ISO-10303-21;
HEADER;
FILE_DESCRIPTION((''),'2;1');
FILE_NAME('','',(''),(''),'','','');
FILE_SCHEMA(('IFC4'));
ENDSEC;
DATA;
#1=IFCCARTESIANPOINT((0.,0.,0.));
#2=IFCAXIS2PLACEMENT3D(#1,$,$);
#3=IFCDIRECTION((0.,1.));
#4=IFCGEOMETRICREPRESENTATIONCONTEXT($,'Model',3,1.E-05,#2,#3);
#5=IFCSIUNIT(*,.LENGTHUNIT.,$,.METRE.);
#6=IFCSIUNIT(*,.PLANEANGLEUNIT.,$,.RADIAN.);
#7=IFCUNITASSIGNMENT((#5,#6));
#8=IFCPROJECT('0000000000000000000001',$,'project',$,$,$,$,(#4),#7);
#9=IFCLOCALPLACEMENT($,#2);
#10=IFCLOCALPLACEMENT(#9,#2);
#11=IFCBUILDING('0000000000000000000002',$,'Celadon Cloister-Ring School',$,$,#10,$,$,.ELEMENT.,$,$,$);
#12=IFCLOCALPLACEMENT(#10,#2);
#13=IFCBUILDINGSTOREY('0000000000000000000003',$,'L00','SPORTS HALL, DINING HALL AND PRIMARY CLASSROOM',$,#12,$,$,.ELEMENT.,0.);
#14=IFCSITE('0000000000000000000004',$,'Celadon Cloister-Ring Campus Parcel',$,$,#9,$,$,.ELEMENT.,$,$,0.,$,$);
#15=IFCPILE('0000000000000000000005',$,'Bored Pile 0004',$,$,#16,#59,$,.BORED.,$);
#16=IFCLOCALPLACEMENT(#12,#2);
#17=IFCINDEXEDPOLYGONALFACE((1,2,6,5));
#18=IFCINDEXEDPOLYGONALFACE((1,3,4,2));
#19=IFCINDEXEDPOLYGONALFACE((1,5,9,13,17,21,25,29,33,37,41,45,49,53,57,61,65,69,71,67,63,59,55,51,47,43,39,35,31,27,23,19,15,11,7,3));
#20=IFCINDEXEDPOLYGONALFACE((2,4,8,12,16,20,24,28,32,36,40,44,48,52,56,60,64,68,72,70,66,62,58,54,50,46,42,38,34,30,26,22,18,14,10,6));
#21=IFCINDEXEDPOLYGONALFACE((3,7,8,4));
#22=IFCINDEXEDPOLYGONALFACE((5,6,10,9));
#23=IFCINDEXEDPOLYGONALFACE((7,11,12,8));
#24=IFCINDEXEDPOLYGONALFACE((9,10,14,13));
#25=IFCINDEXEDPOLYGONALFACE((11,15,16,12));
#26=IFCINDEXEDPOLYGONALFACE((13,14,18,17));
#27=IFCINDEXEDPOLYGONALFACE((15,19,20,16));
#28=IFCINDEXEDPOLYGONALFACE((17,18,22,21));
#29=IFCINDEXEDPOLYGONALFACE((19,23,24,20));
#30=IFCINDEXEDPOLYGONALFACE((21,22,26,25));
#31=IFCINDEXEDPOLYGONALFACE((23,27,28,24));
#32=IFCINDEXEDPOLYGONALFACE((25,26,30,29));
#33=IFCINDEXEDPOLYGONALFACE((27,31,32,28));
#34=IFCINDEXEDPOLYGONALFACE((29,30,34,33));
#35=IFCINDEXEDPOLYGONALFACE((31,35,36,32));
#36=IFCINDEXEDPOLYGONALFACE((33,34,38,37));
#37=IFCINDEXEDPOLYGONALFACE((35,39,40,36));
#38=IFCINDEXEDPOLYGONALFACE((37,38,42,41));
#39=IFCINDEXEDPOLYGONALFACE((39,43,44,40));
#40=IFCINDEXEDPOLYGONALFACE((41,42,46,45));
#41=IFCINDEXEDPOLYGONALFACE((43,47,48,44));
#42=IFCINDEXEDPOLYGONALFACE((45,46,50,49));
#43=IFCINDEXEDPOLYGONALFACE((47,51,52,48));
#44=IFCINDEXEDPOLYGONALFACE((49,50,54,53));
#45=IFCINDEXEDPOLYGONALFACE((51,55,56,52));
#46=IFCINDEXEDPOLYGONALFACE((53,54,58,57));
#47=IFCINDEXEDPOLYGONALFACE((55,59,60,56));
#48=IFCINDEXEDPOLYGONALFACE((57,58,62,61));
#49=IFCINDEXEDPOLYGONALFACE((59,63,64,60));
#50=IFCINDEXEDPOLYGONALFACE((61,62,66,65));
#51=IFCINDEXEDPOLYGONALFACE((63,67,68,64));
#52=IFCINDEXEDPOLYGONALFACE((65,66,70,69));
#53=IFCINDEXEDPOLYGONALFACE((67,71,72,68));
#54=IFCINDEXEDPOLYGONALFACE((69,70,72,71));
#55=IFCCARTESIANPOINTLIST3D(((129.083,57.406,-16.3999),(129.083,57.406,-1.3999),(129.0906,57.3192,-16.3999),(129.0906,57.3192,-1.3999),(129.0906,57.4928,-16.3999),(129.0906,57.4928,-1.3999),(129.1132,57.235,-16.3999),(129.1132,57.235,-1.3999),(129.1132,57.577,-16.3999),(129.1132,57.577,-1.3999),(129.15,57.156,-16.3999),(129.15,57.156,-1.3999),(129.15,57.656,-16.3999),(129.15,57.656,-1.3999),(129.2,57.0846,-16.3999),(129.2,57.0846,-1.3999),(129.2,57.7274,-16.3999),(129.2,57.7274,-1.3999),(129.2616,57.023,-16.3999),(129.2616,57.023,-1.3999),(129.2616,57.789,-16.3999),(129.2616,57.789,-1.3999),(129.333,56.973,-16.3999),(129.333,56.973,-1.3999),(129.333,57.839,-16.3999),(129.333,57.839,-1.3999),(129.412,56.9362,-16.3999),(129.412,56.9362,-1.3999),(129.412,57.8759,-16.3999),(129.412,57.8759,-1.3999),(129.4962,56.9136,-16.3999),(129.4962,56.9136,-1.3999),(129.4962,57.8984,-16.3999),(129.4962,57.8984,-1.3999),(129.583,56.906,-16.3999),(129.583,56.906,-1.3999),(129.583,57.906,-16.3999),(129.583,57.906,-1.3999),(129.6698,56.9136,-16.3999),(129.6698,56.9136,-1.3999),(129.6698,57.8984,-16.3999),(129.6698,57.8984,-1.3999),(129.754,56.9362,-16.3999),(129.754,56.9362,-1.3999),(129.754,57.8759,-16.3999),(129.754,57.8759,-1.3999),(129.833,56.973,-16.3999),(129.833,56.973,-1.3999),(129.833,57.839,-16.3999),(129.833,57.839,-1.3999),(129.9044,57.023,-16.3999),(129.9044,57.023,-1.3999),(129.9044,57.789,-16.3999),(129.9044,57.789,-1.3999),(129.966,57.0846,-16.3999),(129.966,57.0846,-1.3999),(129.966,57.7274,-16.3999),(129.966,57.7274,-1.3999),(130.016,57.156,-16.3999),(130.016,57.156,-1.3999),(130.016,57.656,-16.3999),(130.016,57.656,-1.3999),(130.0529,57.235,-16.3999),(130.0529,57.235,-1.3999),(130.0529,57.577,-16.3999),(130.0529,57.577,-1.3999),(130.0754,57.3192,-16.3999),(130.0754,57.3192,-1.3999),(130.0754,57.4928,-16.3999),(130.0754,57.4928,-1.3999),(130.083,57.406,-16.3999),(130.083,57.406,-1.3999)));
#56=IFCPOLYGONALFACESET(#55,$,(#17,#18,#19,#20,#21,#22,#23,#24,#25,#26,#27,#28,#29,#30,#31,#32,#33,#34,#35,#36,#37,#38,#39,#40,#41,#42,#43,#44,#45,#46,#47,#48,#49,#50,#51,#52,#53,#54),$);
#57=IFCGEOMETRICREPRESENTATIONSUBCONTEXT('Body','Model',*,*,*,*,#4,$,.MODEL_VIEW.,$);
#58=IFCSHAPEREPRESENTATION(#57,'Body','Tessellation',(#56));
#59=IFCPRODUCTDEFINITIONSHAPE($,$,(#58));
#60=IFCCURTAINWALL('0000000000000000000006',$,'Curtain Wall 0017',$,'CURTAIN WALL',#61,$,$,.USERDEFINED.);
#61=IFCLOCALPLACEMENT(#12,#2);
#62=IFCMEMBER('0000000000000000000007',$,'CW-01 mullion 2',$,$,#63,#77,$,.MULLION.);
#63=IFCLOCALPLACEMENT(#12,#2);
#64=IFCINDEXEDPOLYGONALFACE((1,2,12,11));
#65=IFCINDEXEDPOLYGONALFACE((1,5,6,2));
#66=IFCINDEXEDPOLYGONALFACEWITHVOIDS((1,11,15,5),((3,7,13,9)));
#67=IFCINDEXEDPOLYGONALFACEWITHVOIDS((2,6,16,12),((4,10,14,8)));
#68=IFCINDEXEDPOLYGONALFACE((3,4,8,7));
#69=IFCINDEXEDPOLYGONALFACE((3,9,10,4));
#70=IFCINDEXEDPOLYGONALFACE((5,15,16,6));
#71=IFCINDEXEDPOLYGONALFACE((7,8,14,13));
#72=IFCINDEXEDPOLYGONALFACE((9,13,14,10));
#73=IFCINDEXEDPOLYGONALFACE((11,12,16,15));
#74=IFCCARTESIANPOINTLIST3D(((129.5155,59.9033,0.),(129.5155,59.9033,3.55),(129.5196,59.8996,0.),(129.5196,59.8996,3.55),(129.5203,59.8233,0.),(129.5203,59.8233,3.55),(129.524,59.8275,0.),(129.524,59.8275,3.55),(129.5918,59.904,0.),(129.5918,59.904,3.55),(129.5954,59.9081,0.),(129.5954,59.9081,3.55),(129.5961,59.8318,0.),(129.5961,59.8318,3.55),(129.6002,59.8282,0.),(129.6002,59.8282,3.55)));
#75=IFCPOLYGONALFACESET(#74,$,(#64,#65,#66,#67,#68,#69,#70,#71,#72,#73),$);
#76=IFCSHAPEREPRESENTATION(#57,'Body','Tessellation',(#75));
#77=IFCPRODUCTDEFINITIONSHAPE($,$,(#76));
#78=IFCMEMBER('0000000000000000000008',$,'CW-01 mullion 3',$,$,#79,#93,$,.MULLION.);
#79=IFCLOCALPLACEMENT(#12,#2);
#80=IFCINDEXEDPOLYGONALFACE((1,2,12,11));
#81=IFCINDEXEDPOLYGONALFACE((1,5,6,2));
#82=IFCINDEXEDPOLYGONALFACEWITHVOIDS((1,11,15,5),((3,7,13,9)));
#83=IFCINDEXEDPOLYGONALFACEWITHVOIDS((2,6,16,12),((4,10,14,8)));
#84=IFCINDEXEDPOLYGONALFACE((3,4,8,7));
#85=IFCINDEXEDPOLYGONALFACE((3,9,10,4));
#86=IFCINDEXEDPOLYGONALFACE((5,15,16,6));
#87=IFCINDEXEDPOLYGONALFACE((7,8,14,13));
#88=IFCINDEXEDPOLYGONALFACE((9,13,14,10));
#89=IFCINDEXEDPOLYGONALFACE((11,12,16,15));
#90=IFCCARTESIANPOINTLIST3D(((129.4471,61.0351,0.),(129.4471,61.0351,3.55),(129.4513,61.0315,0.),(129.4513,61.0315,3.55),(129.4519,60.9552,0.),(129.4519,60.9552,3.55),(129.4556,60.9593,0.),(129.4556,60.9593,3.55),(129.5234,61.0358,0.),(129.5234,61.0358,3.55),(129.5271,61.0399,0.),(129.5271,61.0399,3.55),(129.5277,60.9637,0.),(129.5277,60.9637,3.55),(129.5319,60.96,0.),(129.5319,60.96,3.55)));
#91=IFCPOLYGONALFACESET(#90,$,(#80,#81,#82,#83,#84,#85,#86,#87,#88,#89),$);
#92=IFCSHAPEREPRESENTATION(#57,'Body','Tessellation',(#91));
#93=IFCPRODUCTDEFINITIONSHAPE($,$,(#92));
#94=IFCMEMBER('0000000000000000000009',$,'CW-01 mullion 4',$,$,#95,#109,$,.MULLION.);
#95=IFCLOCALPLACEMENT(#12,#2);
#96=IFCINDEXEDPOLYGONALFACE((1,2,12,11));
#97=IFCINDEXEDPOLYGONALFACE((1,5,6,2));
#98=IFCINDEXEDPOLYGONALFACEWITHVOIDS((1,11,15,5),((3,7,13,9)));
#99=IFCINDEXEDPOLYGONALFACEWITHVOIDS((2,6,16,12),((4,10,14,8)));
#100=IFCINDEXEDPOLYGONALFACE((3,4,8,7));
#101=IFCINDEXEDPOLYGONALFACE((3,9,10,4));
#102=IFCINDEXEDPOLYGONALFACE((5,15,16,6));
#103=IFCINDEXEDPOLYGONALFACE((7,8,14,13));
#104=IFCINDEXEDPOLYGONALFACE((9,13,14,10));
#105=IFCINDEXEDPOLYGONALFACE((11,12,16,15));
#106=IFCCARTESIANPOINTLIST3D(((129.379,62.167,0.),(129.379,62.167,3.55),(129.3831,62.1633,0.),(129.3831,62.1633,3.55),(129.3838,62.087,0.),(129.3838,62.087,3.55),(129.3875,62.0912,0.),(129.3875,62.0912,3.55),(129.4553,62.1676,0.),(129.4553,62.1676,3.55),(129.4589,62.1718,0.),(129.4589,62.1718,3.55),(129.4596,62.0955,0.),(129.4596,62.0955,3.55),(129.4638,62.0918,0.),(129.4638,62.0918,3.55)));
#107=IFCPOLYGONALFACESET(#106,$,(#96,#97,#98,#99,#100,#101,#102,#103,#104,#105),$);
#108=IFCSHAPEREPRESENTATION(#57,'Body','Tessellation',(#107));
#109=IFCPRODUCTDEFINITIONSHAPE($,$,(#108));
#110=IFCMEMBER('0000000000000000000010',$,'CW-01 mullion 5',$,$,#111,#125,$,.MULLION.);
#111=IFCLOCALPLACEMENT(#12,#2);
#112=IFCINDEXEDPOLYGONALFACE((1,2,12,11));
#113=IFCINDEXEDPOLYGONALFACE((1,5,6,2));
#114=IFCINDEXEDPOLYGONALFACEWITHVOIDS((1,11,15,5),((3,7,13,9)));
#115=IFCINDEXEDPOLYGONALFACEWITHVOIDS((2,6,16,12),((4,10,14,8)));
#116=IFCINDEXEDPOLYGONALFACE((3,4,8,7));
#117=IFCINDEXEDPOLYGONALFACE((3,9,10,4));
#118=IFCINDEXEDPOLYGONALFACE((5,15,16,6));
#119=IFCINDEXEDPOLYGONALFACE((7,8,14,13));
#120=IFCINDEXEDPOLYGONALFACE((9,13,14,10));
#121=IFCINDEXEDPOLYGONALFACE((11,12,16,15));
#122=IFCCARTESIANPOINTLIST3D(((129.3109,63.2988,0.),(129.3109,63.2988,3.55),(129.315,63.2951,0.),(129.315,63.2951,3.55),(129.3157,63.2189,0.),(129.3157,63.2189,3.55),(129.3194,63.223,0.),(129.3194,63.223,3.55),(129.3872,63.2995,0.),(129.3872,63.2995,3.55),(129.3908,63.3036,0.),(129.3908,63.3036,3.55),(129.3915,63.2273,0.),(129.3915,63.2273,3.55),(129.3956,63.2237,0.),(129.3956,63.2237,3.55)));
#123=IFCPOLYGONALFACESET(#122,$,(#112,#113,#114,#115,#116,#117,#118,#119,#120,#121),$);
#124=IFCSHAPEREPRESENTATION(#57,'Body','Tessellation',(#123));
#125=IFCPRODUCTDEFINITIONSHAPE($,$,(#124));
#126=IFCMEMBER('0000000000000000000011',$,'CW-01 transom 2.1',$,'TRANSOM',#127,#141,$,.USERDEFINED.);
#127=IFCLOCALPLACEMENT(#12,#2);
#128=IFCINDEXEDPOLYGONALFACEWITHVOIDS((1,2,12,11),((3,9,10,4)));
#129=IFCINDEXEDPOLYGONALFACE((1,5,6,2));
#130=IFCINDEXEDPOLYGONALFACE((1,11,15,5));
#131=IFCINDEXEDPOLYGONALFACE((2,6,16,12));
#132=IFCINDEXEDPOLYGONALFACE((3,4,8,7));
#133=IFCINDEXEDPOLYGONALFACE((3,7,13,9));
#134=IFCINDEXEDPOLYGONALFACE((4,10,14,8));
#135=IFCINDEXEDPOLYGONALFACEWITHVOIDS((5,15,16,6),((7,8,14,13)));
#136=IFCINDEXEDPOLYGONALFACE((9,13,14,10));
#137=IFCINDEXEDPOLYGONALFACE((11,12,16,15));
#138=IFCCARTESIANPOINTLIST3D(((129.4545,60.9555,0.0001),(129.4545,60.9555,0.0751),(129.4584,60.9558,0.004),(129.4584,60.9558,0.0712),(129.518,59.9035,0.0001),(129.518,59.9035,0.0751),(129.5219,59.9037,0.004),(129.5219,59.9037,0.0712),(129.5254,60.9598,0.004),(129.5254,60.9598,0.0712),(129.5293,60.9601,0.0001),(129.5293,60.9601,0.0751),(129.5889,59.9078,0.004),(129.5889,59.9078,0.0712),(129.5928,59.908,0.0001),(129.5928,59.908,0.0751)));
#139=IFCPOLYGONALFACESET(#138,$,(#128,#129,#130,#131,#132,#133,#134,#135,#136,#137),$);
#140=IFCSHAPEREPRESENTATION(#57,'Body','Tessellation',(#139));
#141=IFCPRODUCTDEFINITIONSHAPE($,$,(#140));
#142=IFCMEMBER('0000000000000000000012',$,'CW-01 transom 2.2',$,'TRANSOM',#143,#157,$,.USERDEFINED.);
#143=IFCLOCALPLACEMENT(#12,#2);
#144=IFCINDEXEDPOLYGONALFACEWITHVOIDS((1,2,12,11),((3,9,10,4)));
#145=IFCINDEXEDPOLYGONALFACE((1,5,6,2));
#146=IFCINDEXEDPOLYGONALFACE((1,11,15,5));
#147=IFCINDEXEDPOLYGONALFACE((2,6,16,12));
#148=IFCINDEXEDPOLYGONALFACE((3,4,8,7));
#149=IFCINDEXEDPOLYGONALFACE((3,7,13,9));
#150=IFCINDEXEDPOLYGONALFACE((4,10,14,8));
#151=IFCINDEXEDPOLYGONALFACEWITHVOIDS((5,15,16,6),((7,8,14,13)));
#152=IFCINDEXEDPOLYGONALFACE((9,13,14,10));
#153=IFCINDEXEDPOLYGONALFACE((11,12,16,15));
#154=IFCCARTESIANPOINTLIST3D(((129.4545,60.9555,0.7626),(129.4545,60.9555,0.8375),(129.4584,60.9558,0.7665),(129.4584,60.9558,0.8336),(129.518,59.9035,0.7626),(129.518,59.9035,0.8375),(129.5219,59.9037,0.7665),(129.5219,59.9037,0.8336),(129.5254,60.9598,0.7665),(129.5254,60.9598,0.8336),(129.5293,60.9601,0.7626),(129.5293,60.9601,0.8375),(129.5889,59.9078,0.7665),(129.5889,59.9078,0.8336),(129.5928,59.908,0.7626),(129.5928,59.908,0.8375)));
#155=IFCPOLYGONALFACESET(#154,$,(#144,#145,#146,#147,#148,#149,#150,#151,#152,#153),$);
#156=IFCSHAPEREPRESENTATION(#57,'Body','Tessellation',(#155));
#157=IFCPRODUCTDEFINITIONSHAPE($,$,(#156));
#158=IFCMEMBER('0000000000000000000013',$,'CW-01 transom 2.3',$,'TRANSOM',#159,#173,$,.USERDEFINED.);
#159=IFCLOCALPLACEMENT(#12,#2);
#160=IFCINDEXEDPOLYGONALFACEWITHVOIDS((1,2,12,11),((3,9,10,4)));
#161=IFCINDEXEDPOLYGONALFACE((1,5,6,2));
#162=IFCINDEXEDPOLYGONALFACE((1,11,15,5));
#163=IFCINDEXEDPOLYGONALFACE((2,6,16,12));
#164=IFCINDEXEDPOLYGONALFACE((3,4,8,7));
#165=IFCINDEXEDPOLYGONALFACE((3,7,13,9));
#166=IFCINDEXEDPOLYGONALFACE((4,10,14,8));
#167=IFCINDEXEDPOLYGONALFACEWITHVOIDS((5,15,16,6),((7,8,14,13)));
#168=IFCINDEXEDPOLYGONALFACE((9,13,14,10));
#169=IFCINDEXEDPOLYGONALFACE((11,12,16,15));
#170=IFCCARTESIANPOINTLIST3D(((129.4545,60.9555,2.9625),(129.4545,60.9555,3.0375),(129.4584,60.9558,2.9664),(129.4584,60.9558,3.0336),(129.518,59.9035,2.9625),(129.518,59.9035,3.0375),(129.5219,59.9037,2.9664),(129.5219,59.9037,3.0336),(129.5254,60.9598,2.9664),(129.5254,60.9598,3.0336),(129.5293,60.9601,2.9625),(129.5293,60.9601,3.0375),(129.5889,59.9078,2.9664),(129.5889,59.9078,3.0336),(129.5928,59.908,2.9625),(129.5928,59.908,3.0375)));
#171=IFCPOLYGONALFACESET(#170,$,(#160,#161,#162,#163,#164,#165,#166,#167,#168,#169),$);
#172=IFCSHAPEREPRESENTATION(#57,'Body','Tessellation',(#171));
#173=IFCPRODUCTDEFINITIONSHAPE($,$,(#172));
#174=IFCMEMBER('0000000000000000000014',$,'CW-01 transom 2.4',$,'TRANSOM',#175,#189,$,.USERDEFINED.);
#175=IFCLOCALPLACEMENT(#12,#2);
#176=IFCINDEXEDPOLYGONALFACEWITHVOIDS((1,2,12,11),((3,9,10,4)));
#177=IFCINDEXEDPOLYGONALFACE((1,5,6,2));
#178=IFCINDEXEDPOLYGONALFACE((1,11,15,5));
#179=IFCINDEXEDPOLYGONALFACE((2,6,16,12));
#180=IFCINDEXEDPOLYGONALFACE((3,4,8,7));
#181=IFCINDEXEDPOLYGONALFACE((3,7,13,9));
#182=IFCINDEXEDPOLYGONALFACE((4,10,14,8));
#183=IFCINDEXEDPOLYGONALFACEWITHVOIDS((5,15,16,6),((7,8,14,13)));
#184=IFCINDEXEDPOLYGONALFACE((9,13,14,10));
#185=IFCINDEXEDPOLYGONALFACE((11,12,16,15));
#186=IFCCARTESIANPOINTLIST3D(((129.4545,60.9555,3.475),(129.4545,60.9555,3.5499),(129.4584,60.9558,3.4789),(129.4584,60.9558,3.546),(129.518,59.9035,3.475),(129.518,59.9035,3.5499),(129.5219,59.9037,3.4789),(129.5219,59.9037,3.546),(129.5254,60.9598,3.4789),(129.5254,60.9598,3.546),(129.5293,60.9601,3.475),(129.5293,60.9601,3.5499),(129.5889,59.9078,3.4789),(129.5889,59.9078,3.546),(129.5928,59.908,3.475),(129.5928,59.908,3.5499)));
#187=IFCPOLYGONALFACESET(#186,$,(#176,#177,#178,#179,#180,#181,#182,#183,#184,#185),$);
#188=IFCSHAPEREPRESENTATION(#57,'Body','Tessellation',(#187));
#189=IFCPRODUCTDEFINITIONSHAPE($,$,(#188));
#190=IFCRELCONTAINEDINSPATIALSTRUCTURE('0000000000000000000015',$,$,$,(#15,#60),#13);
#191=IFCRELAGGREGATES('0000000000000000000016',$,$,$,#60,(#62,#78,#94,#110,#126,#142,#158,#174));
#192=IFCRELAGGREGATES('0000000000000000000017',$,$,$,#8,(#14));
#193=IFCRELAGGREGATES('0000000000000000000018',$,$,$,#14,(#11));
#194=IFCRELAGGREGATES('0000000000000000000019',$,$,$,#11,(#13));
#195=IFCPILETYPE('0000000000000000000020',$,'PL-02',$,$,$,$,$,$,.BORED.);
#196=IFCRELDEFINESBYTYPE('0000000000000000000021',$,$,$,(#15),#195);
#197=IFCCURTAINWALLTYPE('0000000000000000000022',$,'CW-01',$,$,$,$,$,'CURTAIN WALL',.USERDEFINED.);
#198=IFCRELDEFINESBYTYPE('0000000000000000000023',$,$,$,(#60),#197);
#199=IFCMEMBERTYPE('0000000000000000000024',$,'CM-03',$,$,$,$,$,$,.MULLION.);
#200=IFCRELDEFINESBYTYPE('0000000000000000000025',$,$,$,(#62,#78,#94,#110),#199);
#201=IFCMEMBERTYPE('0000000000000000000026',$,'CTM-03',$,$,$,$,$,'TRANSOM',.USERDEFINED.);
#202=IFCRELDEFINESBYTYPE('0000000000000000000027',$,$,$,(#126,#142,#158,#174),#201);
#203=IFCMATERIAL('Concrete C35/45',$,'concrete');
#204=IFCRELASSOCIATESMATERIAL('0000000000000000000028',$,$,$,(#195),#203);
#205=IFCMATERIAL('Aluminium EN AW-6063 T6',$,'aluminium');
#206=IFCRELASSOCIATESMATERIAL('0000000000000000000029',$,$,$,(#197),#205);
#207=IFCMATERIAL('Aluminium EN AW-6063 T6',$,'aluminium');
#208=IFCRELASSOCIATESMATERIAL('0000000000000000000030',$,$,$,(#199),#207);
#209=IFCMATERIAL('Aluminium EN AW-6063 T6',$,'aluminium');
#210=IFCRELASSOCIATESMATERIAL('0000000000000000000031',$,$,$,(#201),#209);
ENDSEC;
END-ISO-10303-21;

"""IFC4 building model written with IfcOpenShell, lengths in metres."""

from ifc_helpers import new_model, si_unit, direction, frame, origin, origin_2d, place, context, subcontext, project, spatial, hollow_rectangle, circle, extrude, material, material_profile, profile_set, type_object, element, aggregate, save


model = new_model("IFC4")

# Units and contexts
model_context = context("Model", 3, precision=1e-05, world=origin(), true_north=direction((0.0, 1.0)))
body_context = subcontext(model_context, "Body", "Model", "MODEL_VIEW")
ifc_project = project(units=[si_unit("LENGTHUNIT", "METRE"), si_unit("PLANEANGLEUNIT", "RADIAN")], contexts=[model_context])

# Site, building, storey
site_placement = place(None, origin())
site = spatial("IfcSite", under=ifc_project, at=site_placement, Name="Celadon Cloister-Ring Campus Parcel", CompositionType="ELEMENT", RefElevation=0.0)
building_placement = place(site_placement, origin())
building = spatial("IfcBuilding", under=site, at=building_placement, Name="Celadon Cloister-Ring School", CompositionType="ELEMENT")
storey_placement = place(building_placement, origin())
storey = spatial("IfcBuildingStorey", under=building, at=storey_placement, Name="L00", Description="SPORTS HALL, DINING HALL AND PRIMARY CLASSROOM", CompositionType="ELEMENT", Elevation=0.0)

# Pile
ifc_material_1 = material(Name="Concrete C35/45", Category="concrete")
ifc_material_profile_1 = material_profile(ifc_material_1, circle(Radius=0.5, at=origin_2d()), Name="PILE1000")
ifc_profile_set_1 = profile_set([ifc_material_profile_1], Name="Concrete C35/45")
pile_type = type_object("IfcPileType", Name="PL-02", PredefinedType="BORED", material=ifc_profile_set_1)
pile_placement = place(storey_placement, frame((129.583, 57.406, -1.3999), z_axis=(0.0, 0.0, -1.0), x_axis=(1.0, 0.0, 0.0)))
element("IfcPile", 1, at=pile_placement, inside=storey, type_object=pile_type, Name="Bored Pile 0004", PredefinedType="BORED", context=body_context, shape_type="SweptSolid", body=[
    extrude(circle(Radius=0.5, at=origin_2d()), origin(), (0.0, 0.0, 1.0), 15.0),
])

# Curtain wall, members
ifc_material_2 = material(Name="Aluminium EN AW-6063 T6", Category="aluminium")
curtain_wall_type = type_object("IfcCurtainWallType", Name="CW-01", ElementType="CURTAIN WALL", PredefinedType="USERDEFINED", material=ifc_material_2)
curtain_wall_placement = place(storey_placement, origin())
curtain_wall = element("IfcCurtainWall", 2, at=curtain_wall_placement, inside=storey, type_object=curtain_wall_type, Name="Curtain Wall 0017", ObjectType="CURTAIN WALL", PredefinedType="USERDEFINED")
ifc_material_3 = material(Name="Aluminium EN AW-6063 T6", Category="aluminium")
ifc_material_profile_2 = material_profile(ifc_material_3, hollow_rectangle(XDim=0.0801, YDim=0.0801, WallThickness=0.0039, at=origin_2d()), Name="RHS80X80X4")
ifc_profile_set_2 = profile_set([ifc_material_profile_2], Name="Aluminium EN AW-6063 T6")
member_type_1 = type_object("IfcMemberType", Name="CM-03", PredefinedType="MULLION", material=ifc_profile_set_2)
member_1_placement = place(storey_placement, frame((129.5579, 59.8657, 0.0), z_axis=(0.0, 0.0, 1.0), x_axis=(-0.998189, -0.060149, 0.0)))
member_1 = element("IfcMember", 3, at=member_1_placement, type_object=member_type_1, Name="CW-01 mullion 2", PredefinedType="MULLION", context=body_context, shape_type="SweptSolid", body=[
    extrude(hollow_rectangle(XDim=0.0801, YDim=0.0801, WallThickness=0.0039, at=origin_2d()), origin(), (0.0, 0.0, 1.0), 3.55),
])
member_2_placement = place(storey_placement, frame((129.4895, 60.9976, 0.0), z_axis=(0.0, 0.0, 1.0), x_axis=(-0.998189, -0.060149, 0.0)))
member_2 = element("IfcMember", 4, at=member_2_placement, type_object=member_type_1, Name="CW-01 mullion 3", PredefinedType="MULLION", context=body_context, shape_type="SweptSolid", body=[
    extrude(hollow_rectangle(XDim=0.0801, YDim=0.0801, WallThickness=0.0039, at=origin_2d()), origin(), (0.0, 0.0, 1.0), 3.55),
])
member_3_placement = place(storey_placement, frame((129.4214, 62.1294, 0.0), z_axis=(0.0, 0.0, 1.0), x_axis=(-0.998189, -0.060149, 0.0)))
member_3 = element("IfcMember", 5, at=member_3_placement, type_object=member_type_1, Name="CW-01 mullion 4", PredefinedType="MULLION", context=body_context, shape_type="SweptSolid", body=[
    extrude(hollow_rectangle(XDim=0.0801, YDim=0.0801, WallThickness=0.0039, at=origin_2d()), origin(), (0.0, 0.0, 1.0), 3.55),
])
member_4_placement = place(storey_placement, frame((129.3533, 63.2612, 0.0), z_axis=(0.0, 0.0, 1.0), x_axis=(-0.998189, -0.060149, 0.0)))
member_4 = element("IfcMember", 6, at=member_4_placement, type_object=member_type_1, Name="CW-01 mullion 5", PredefinedType="MULLION", context=body_context, shape_type="SweptSolid", body=[
    extrude(hollow_rectangle(XDim=0.0801, YDim=0.0801, WallThickness=0.0039, at=origin_2d()), origin(), (0.0, 0.0, 1.0), 3.55),
])
ifc_material_4 = material(Name="Aluminium EN AW-6063 T6", Category="aluminium")
ifc_material_profile_3 = material_profile(ifc_material_4, hollow_rectangle(XDim=0.075, YDim=0.075, WallThickness=0.0039, at=origin_2d()), Name="RHS75X75X4")
ifc_profile_set_3 = profile_set([ifc_material_profile_3], Name="Aluminium EN AW-6063 T6")
member_type_2 = type_object("IfcMemberType", Name="CTM-03", ElementType="TRANSOM", PredefinedType="USERDEFINED", material=ifc_profile_set_3)
member_5_placement = place(storey_placement, frame((129.5554, 59.9058, 0.0376), z_axis=(-0.060229, 0.998185, 0.0), x_axis=(-0.998185, -0.060229, 0.0)))
member_5 = element("IfcMember", 7, at=member_5_placement, type_object=member_type_2, Name="CW-01 transom 2.1", ObjectType="TRANSOM", PredefinedType="USERDEFINED", context=body_context, shape_type="SweptSolid", body=[
    extrude(hollow_rectangle(XDim=0.075, YDim=0.075, WallThickness=0.0039, at=origin_2d()), origin(), (0.0, 0.0, 1.0), 1.054),
])
member_6_placement = place(storey_placement, frame((129.5554, 59.9058, 0.8), z_axis=(-0.060229, 0.998185, 0.0), x_axis=(-0.998185, -0.060229, 0.0)))
member_6 = element("IfcMember", 8, at=member_6_placement, type_object=member_type_2, Name="CW-01 transom 2.2", ObjectType="TRANSOM", PredefinedType="USERDEFINED", context=body_context, shape_type="SweptSolid", body=[
    extrude(hollow_rectangle(XDim=0.075, YDim=0.075, WallThickness=0.0039, at=origin_2d()), origin(), (0.0, 0.0, 1.0), 1.054),
])
member_7_placement = place(storey_placement, frame((129.5554, 59.9058, 3.0), z_axis=(-0.060229, 0.998185, 0.0), x_axis=(-0.998185, -0.060229, 0.0)))
member_7 = element("IfcMember", 9, at=member_7_placement, type_object=member_type_2, Name="CW-01 transom 2.3", ObjectType="TRANSOM", PredefinedType="USERDEFINED", context=body_context, shape_type="SweptSolid", body=[
    extrude(hollow_rectangle(XDim=0.075, YDim=0.075, WallThickness=0.0039, at=origin_2d()), origin(), (0.0, 0.0, 1.0), 1.054),
])
member_8_placement = place(storey_placement, frame((129.5554, 59.9058, 3.5125), z_axis=(-0.060229, 0.998185, 0.0), x_axis=(-0.998185, -0.060229, 0.0)))
member_8 = element("IfcMember", 10, at=member_8_placement, type_object=member_type_2, Name="CW-01 transom 2.4", ObjectType="TRANSOM", PredefinedType="USERDEFINED", context=body_context, shape_type="SweptSolid", body=[
    extrude(hollow_rectangle(XDim=0.075, YDim=0.075, WallThickness=0.0039, at=origin_2d()), origin(), (0.0, 0.0, 1.0), 1.054),
])
aggregate(curtain_wall, [member_1, member_2, member_3, member_4, member_5, member_6, member_7, member_8])

save(model, "model.ifc")
